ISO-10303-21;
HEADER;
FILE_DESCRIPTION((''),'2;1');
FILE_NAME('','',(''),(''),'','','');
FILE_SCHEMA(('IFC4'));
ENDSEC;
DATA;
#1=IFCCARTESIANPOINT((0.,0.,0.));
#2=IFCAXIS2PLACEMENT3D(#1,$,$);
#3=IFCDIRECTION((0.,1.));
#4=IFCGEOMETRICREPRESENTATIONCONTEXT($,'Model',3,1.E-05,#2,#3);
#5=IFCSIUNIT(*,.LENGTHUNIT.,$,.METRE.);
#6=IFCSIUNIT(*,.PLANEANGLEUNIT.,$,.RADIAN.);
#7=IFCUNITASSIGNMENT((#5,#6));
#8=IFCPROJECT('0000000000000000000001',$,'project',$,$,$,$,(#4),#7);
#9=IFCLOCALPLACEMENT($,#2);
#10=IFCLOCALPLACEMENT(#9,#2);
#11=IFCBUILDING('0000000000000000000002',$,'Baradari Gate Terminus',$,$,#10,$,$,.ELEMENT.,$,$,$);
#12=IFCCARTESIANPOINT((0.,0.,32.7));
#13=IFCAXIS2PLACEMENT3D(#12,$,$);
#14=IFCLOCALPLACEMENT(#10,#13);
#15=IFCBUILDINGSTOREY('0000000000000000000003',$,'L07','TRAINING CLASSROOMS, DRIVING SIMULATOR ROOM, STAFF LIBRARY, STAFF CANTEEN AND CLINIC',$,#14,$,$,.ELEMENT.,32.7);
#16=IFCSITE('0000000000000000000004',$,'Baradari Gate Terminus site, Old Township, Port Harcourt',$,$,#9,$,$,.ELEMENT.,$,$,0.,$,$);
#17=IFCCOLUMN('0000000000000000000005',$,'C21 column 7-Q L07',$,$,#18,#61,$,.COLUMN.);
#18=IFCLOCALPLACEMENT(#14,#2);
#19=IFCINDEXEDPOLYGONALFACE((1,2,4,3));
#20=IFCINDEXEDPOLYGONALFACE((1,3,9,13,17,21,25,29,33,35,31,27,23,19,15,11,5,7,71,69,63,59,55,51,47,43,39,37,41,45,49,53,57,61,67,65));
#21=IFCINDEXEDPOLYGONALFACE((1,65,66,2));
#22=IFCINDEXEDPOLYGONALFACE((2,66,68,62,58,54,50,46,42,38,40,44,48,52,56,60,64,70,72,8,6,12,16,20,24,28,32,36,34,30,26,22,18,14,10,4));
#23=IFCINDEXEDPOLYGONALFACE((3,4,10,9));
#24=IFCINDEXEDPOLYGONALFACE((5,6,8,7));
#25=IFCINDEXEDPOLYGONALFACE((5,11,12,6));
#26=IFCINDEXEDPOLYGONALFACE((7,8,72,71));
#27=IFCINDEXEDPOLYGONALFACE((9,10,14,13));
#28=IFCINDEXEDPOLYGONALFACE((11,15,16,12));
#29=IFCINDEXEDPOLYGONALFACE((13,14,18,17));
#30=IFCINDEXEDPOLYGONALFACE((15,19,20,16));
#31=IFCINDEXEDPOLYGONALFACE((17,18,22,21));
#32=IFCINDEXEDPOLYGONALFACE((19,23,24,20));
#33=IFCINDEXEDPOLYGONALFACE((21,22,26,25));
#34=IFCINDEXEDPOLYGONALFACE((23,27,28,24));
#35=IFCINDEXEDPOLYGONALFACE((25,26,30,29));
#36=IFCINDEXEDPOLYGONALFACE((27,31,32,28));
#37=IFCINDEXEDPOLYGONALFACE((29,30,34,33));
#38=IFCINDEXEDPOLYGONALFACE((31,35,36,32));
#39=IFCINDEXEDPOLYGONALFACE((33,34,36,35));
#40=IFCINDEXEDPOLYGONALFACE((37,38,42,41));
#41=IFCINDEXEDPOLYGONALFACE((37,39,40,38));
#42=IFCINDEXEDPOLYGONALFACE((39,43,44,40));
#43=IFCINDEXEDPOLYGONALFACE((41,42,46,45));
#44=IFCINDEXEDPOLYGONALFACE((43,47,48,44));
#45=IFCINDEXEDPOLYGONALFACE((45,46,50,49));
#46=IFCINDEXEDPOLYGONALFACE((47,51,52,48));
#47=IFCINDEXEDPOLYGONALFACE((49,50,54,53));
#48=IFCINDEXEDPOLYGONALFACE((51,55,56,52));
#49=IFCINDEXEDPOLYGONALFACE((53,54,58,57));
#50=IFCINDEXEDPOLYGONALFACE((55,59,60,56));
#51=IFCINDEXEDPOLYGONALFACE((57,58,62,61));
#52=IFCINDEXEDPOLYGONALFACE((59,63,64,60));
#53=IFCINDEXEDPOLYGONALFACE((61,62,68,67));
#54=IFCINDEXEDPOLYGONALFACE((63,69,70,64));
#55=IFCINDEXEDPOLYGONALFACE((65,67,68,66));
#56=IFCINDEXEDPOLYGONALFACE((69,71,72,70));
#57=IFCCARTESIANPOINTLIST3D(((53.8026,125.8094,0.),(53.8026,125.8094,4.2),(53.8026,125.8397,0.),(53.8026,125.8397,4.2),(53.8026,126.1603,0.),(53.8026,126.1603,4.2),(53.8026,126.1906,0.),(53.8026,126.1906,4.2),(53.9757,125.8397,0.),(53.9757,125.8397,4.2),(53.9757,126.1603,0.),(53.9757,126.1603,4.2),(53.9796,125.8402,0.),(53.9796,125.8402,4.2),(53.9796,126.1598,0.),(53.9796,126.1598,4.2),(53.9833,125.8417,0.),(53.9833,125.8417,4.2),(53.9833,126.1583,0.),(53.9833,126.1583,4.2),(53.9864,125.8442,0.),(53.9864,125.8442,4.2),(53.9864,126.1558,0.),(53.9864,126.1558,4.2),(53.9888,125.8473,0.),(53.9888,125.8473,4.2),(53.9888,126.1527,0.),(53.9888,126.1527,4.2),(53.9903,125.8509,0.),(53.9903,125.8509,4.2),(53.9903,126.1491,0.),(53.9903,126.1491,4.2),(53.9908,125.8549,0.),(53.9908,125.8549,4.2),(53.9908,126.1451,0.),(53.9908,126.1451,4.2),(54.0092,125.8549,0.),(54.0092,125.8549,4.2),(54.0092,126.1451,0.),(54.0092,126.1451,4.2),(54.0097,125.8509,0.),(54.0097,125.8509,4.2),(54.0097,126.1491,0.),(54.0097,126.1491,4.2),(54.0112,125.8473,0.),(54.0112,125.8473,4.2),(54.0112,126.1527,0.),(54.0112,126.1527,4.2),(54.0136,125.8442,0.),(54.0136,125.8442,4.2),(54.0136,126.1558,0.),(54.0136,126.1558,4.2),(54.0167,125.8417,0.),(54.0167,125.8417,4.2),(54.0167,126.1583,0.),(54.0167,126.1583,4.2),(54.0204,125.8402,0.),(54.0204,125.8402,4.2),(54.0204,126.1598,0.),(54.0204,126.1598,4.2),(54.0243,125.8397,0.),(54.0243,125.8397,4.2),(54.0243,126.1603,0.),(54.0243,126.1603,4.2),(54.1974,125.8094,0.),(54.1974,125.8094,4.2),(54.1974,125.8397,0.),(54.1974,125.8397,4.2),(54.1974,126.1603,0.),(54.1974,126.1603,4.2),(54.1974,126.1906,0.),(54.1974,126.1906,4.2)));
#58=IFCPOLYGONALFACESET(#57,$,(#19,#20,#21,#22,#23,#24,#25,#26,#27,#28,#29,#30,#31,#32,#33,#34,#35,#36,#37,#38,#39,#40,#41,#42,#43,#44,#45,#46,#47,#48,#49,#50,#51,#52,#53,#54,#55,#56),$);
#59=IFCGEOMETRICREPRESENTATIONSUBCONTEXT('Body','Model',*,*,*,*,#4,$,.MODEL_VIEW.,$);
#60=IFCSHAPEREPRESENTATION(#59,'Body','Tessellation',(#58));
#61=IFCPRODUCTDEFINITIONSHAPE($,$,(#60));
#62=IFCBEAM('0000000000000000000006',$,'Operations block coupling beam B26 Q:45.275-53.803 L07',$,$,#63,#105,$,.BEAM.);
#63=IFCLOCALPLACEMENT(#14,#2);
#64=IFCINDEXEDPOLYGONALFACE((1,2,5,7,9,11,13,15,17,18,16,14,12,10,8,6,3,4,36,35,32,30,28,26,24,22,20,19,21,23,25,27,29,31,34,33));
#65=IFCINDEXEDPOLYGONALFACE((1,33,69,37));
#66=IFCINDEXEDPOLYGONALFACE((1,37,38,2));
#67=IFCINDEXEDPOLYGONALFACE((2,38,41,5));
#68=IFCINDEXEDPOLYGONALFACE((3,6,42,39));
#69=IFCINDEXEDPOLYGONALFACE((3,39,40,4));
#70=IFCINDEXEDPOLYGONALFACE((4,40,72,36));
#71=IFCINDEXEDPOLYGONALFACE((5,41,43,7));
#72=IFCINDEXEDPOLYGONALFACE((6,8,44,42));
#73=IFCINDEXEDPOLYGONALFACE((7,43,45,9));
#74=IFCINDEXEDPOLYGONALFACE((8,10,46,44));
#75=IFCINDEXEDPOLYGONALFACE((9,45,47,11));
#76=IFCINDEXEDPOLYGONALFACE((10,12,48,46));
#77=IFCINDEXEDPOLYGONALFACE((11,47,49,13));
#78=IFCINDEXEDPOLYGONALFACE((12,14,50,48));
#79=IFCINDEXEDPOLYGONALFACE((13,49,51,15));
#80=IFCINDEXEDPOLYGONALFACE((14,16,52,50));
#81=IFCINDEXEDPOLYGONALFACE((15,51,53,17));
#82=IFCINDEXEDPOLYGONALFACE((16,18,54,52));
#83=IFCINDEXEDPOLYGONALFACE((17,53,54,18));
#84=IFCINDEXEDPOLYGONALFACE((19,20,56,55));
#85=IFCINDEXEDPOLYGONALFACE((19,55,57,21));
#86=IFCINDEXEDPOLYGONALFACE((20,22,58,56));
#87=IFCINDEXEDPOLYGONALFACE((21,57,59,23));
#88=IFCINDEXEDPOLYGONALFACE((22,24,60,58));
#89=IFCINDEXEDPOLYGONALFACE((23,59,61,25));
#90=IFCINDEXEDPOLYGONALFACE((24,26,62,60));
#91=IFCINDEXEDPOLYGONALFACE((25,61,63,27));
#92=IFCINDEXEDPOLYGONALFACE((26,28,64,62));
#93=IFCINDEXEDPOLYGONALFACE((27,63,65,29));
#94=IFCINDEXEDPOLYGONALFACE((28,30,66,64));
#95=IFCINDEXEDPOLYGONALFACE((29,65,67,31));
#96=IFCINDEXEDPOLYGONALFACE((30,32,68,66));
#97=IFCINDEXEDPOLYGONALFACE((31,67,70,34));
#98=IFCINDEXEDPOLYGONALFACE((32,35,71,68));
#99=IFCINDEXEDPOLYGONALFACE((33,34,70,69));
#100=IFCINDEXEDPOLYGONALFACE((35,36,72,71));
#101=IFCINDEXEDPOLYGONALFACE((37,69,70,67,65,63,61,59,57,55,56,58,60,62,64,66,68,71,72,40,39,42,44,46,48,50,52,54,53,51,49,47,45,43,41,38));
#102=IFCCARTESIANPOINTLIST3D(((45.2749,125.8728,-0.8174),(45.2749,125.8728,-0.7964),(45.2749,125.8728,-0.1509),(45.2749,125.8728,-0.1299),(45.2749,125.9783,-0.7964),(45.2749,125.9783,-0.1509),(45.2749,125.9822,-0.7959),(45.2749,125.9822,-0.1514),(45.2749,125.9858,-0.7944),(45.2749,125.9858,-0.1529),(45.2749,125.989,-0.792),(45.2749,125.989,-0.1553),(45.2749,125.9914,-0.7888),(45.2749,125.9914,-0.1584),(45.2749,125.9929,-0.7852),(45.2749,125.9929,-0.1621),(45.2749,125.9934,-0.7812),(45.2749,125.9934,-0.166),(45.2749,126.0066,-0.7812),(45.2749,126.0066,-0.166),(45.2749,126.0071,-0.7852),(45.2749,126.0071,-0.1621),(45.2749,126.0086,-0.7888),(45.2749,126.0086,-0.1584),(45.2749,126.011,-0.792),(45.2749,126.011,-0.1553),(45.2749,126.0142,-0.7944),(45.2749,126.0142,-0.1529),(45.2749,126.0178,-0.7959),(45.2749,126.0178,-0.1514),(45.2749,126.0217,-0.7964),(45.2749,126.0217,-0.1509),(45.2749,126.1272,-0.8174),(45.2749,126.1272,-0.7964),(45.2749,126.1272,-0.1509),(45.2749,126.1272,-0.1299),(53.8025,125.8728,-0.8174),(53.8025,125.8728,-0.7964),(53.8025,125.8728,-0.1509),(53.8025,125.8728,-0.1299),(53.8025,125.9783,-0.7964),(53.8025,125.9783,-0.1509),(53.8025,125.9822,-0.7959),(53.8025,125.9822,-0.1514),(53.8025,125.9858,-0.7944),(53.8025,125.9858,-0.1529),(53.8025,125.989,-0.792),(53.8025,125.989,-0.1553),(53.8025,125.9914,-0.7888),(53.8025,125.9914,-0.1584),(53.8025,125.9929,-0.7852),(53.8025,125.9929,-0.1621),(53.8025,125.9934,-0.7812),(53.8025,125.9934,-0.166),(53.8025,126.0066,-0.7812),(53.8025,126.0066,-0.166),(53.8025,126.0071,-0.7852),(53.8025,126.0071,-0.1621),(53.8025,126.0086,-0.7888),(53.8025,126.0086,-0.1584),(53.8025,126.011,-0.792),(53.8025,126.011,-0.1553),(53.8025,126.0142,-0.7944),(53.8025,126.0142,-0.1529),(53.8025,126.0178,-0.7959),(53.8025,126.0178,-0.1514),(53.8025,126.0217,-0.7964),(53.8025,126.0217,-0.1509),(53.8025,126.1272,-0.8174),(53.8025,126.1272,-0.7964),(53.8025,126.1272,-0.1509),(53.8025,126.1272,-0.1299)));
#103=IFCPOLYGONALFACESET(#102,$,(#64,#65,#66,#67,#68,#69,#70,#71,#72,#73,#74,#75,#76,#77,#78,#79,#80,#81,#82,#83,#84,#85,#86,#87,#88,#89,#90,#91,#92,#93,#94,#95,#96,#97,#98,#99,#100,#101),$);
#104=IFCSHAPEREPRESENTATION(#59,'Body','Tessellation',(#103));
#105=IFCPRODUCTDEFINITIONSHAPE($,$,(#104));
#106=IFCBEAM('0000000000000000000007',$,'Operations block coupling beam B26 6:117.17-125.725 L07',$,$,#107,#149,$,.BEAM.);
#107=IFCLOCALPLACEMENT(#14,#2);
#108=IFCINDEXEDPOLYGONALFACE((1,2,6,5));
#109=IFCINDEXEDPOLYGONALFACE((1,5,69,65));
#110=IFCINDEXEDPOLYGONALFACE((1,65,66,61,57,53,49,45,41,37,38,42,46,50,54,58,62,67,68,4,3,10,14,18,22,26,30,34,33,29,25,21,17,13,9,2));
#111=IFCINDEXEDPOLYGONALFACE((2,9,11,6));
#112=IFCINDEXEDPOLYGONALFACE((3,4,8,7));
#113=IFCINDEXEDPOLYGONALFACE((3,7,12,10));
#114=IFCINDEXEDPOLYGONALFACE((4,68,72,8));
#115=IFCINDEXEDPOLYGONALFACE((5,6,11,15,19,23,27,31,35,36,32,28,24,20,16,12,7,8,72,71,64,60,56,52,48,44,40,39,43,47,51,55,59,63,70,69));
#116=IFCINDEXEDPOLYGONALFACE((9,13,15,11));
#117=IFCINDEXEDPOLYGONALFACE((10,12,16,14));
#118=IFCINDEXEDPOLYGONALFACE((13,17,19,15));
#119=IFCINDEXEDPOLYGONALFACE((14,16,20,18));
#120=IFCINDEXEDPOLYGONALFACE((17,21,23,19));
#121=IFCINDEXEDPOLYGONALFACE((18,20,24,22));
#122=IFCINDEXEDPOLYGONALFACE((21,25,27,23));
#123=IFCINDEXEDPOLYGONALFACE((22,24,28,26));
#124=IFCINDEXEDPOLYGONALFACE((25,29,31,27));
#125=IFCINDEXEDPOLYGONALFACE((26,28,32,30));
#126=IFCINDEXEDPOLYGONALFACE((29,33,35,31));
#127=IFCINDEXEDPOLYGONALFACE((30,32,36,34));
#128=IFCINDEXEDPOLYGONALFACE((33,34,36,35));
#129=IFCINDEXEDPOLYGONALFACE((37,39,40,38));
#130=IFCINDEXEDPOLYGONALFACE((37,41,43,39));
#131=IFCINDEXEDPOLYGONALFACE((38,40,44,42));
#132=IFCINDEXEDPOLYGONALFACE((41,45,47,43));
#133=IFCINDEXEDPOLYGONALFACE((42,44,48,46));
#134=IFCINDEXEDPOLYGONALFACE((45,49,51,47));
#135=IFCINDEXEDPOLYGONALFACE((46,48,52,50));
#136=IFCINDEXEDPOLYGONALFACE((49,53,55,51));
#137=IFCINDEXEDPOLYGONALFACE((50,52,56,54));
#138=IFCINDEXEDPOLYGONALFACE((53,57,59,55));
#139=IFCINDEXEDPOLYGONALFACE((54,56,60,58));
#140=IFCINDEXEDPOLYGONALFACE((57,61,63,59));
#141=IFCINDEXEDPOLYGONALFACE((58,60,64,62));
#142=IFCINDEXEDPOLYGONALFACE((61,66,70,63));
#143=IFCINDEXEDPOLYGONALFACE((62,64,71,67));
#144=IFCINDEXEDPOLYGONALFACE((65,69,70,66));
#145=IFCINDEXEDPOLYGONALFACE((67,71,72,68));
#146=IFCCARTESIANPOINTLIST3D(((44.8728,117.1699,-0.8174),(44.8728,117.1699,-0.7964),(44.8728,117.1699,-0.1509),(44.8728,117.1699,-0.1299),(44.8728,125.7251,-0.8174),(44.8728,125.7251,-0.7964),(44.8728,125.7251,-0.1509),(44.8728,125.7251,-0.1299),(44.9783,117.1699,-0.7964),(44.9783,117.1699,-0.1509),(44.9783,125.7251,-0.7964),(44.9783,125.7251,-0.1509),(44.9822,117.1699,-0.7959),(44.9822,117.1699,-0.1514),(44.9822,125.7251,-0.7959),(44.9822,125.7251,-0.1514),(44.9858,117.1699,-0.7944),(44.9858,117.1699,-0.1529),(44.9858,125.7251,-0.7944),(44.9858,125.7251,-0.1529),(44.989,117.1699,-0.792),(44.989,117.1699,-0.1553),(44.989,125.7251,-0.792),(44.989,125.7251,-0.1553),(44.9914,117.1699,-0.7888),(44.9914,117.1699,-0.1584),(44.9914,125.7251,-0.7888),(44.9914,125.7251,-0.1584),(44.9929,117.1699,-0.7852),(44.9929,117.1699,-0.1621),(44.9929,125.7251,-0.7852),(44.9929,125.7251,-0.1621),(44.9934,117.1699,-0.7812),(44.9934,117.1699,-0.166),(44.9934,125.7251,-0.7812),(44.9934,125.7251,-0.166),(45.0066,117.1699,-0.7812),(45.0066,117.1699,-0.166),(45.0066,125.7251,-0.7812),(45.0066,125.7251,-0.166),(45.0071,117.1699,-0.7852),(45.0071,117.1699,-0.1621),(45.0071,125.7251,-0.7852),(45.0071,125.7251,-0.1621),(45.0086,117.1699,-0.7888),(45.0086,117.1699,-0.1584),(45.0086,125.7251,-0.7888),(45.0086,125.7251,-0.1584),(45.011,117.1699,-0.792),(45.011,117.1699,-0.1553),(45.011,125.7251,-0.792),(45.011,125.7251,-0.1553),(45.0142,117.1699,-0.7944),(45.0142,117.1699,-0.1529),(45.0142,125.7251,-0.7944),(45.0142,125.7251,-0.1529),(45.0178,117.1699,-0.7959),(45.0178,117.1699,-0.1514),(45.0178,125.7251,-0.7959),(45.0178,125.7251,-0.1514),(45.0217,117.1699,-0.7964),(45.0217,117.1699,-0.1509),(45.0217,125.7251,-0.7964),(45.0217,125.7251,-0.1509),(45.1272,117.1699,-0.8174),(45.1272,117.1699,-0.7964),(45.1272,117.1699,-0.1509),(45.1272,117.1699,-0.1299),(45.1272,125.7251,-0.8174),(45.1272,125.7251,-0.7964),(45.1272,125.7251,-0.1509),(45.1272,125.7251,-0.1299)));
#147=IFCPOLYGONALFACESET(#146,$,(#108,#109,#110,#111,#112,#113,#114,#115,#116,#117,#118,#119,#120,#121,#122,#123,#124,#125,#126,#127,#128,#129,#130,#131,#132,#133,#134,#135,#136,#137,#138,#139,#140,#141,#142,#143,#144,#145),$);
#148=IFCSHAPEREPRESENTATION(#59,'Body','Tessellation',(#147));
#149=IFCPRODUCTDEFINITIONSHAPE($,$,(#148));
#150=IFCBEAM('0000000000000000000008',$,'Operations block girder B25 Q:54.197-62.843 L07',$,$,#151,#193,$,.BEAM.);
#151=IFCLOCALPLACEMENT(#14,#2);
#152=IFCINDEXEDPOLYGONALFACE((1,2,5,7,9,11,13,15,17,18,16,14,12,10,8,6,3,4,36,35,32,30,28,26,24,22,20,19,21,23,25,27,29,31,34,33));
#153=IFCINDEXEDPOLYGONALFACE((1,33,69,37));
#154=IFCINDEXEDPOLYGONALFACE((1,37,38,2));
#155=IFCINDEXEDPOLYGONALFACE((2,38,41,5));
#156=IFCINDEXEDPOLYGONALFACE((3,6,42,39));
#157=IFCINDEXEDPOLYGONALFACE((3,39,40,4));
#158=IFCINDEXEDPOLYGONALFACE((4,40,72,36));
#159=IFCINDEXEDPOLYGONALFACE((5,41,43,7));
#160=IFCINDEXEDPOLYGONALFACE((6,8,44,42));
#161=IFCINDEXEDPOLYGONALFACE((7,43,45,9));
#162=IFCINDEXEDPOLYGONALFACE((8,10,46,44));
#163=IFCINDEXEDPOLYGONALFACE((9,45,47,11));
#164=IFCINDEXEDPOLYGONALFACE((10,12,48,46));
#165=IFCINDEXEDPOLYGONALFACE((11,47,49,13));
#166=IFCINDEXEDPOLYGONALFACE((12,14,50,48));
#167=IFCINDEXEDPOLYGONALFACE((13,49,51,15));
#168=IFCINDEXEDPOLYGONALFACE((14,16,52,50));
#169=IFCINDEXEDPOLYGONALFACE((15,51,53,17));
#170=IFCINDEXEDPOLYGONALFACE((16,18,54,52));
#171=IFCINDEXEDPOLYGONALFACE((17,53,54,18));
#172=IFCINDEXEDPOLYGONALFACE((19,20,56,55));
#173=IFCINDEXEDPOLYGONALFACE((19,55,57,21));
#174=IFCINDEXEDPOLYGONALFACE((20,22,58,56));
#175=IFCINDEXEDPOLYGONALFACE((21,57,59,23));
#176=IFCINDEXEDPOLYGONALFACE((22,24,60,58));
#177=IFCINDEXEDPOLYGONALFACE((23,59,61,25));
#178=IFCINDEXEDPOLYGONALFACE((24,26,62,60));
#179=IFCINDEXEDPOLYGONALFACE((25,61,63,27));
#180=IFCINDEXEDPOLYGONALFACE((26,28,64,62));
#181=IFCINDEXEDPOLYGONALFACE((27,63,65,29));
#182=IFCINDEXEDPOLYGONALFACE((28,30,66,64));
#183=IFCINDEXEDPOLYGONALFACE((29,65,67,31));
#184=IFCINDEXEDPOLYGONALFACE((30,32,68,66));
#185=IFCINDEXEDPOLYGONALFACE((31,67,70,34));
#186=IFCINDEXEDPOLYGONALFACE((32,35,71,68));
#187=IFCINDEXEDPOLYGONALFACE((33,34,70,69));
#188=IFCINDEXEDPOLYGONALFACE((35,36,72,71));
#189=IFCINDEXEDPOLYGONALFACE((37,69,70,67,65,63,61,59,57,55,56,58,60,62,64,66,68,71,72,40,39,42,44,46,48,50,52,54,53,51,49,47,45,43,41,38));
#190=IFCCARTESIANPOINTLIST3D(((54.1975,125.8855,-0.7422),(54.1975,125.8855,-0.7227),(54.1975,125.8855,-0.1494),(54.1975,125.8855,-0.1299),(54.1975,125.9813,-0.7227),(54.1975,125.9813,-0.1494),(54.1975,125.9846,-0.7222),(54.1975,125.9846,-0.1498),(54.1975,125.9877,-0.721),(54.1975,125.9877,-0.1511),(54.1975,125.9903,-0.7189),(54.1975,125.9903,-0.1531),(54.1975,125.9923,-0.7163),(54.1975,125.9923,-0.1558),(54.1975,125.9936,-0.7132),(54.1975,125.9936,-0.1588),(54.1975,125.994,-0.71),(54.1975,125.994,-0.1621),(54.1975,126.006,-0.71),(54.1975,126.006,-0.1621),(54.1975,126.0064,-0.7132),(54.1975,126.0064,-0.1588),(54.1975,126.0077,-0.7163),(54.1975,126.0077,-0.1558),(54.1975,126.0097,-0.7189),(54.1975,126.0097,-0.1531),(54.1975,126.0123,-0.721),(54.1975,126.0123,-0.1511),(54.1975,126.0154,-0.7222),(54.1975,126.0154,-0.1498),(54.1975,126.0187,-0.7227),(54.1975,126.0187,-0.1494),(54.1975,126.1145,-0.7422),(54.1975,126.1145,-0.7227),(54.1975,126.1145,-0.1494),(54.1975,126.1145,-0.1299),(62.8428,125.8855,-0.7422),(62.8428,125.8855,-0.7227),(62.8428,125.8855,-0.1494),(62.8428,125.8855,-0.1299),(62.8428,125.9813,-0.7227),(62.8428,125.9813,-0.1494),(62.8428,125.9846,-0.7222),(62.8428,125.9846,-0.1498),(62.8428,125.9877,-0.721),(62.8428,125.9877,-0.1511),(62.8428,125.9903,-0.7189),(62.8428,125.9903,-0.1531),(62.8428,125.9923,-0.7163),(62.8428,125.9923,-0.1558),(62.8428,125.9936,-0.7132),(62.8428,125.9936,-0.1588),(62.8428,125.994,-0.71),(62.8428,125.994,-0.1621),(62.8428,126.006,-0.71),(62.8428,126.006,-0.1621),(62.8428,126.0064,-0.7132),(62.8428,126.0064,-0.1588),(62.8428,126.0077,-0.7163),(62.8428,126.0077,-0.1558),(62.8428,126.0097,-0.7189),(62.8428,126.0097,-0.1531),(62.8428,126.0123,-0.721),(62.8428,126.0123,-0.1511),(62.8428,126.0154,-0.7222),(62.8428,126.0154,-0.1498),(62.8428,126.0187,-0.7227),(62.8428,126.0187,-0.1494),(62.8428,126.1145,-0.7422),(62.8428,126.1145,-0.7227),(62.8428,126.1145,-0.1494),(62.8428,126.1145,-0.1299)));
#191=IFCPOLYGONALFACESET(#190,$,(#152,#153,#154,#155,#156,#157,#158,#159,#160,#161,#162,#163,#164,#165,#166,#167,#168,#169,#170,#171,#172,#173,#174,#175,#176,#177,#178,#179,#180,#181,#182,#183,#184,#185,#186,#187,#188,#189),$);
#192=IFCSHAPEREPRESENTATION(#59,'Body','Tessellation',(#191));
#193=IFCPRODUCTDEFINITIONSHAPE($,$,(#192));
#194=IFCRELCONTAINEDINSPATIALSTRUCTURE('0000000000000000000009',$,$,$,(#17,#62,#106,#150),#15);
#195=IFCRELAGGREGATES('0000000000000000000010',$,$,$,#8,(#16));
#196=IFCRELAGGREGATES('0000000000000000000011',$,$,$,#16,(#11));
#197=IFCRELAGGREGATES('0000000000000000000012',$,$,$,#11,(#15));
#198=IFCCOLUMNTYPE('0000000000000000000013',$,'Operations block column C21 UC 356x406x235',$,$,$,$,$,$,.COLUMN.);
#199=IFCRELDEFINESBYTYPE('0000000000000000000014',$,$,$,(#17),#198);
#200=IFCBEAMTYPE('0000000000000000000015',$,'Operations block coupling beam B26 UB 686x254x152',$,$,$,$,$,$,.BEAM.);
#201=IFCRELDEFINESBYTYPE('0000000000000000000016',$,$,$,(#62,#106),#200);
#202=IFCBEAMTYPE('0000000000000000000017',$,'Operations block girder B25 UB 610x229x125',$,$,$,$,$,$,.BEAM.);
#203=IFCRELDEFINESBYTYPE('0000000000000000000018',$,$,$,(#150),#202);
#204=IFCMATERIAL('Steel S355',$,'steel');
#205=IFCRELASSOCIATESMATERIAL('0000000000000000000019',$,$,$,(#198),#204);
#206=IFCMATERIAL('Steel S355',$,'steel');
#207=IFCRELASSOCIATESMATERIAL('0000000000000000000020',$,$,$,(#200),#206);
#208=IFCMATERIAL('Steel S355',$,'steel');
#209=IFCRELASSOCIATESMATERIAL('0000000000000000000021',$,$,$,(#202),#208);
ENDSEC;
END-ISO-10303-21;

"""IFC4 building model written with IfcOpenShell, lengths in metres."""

from ifc_helpers import new_model, si_unit, direction, frame, origin, origin_2d, place, context, subcontext, project, spatial, i_section, extrude, material, material_profile, profile_set, type_object, element, save


model = new_model("IFC4")

# Units and contexts
model_context = context("Model", 3, precision=1e-05, world=origin(), true_north=direction((0.0, 1.0)))
body_context = subcontext(model_context, "Body", "Model", "MODEL_VIEW")
ifc_project = project(units=[si_unit("LENGTHUNIT", "METRE"), si_unit("PLANEANGLEUNIT", "RADIAN")], contexts=[model_context])

# Site, building, storey
site_placement = place(None, origin())
site = spatial("IfcSite", under=ifc_project, at=site_placement, Name="Baradari Gate Terminus site, Old Township, Port Harcourt", CompositionType="ELEMENT", RefElevation=0.0)
building_placement = place(site_placement, origin())
building = spatial("IfcBuilding", under=site, at=building_placement, Name="Baradari Gate Terminus", CompositionType="ELEMENT")
storey_placement = place(building_placement, frame((0.0, 0.0, 32.7)))
storey = spatial("IfcBuildingStorey", under=building, at=storey_placement, Name="L07", Description="TRAINING CLASSROOMS, DRIVING SIMULATOR ROOM, STAFF LIBRARY, STAFF CANTEEN AND CLINIC", CompositionType="ELEMENT", Elevation=32.7)

# Column
ifc_material_1 = material(Name="Steel S355", Category="steel")
ifc_material_profile_1 = material_profile(ifc_material_1, i_section(OverallWidth=0.3948, OverallDepth=0.3811, WebThickness=0.0183, FlangeThickness=0.0303, FilletRadius=0.0151, at=origin_2d()), Name="UC 356x406x235")
ifc_profile_set_1 = profile_set([ifc_material_profile_1], Name="Steel S355")
column_type = type_object("IfcColumnType", Name="Operations block column C21 UC 356x406x235", PredefinedType="COLUMN", material=ifc_profile_set_1)
column_placement = place(storey_placement, frame((54.0, 126.0, 0.0), z_axis=(0.0, 0.0, 1.0), x_axis=(1.0, 0.0, 0.0)))
element("IfcColumn", 1, at=column_placement, inside=storey, type_object=column_type, Name="C21 column 7-Q L07", PredefinedType="COLUMN", context=body_context, shape_type="SweptSolid", body=[
    extrude(i_section(OverallWidth=0.3948, OverallDepth=0.3811, WebThickness=0.0183, FlangeThickness=0.0303, FilletRadius=0.0151, at=origin_2d()), origin(), (0.0, 0.0, 1.0), 4.2),
])

# Beams
ifc_material_2 = material(Name="Steel S355", Category="steel")
ifc_material_profile_2 = material_profile(ifc_material_2, i_section(OverallWidth=0.2544, OverallDepth=0.6875, WebThickness=0.0132, FlangeThickness=0.021, FilletRadius=0.0151, at=origin_2d()), Name="UB 686x254x152")
ifc_profile_set_2 = profile_set([ifc_material_profile_2], Name="Steel S355")
beam_type_1 = type_object("IfcBeamType", Name="Operations block coupling beam B26 UB 686x254x152", PredefinedType="BEAM", material=ifc_profile_set_2)
beam_1_placement = place(storey_placement, frame((45.2749, 126.0, -0.4736), z_axis=(1.0, 0.0, 0.0), x_axis=(0.0, 1.0, 0.0)))
element("IfcBeam", 2, at=beam_1_placement, inside=storey, type_object=beam_type_1, Name="Operations block coupling beam B26 Q:45.275-53.803 L07", PredefinedType="BEAM", context=body_context, shape_type="SweptSolid", body=[
    extrude(i_section(OverallWidth=0.2544, OverallDepth=0.6875, WebThickness=0.0132, FlangeThickness=0.021, FilletRadius=0.0151, at=origin_2d()), origin(), (0.0, 0.0, 1.0), 8.5276),
])
beam_2_placement = place(storey_placement, frame((45.0, 117.1699, -0.4736), z_axis=(0.0, 1.0, 0.0), x_axis=(-1.0, 0.0, 0.0)))
element("IfcBeam", 3, at=beam_2_placement, inside=storey, type_object=beam_type_1, Name="Operations block coupling beam B26 6:117.17-125.725 L07", PredefinedType="BEAM", context=body_context, shape_type="SweptSolid", body=[
    extrude(i_section(OverallWidth=0.2544, OverallDepth=0.6875, WebThickness=0.0132, FlangeThickness=0.021, FilletRadius=0.0151, at=origin_2d()), origin(), (0.0, 0.0, 1.0), 8.5552),
])
ifc_material_3 = material(Name="Steel S355", Category="steel")
ifc_material_profile_3 = material_profile(ifc_material_3, i_section(OverallWidth=0.229, OverallDepth=0.6123, WebThickness=0.012, FlangeThickness=0.0195, FilletRadius=0.0127, at=origin_2d()), Name="UB 610x229x125")
ifc_profile_set_3 = profile_set([ifc_material_profile_3], Name="Steel S355")
beam_type_2 = type_object("IfcBeamType", Name="Operations block girder B25 UB 610x229x125", PredefinedType="BEAM", material=ifc_profile_set_3)
beam_3_placement = place(storey_placement, frame((54.1975, 126.0, -0.436), z_axis=(1.0, 0.0, 0.0), x_axis=(0.0, 1.0, 0.0)))
element("IfcBeam", 4, at=beam_3_placement, inside=storey, type_object=beam_type_2, Name="Operations block girder B25 Q:54.197-62.843 L07", PredefinedType="BEAM", context=body_context, shape_type="SweptSolid", body=[
    extrude(i_section(OverallWidth=0.229, OverallDepth=0.6123, WebThickness=0.012, FlangeThickness=0.0195, FilletRadius=0.0127, at=origin_2d()), origin(), (0.0, 0.0, 1.0), 8.6453),
])

save(model, "model.ifc")
